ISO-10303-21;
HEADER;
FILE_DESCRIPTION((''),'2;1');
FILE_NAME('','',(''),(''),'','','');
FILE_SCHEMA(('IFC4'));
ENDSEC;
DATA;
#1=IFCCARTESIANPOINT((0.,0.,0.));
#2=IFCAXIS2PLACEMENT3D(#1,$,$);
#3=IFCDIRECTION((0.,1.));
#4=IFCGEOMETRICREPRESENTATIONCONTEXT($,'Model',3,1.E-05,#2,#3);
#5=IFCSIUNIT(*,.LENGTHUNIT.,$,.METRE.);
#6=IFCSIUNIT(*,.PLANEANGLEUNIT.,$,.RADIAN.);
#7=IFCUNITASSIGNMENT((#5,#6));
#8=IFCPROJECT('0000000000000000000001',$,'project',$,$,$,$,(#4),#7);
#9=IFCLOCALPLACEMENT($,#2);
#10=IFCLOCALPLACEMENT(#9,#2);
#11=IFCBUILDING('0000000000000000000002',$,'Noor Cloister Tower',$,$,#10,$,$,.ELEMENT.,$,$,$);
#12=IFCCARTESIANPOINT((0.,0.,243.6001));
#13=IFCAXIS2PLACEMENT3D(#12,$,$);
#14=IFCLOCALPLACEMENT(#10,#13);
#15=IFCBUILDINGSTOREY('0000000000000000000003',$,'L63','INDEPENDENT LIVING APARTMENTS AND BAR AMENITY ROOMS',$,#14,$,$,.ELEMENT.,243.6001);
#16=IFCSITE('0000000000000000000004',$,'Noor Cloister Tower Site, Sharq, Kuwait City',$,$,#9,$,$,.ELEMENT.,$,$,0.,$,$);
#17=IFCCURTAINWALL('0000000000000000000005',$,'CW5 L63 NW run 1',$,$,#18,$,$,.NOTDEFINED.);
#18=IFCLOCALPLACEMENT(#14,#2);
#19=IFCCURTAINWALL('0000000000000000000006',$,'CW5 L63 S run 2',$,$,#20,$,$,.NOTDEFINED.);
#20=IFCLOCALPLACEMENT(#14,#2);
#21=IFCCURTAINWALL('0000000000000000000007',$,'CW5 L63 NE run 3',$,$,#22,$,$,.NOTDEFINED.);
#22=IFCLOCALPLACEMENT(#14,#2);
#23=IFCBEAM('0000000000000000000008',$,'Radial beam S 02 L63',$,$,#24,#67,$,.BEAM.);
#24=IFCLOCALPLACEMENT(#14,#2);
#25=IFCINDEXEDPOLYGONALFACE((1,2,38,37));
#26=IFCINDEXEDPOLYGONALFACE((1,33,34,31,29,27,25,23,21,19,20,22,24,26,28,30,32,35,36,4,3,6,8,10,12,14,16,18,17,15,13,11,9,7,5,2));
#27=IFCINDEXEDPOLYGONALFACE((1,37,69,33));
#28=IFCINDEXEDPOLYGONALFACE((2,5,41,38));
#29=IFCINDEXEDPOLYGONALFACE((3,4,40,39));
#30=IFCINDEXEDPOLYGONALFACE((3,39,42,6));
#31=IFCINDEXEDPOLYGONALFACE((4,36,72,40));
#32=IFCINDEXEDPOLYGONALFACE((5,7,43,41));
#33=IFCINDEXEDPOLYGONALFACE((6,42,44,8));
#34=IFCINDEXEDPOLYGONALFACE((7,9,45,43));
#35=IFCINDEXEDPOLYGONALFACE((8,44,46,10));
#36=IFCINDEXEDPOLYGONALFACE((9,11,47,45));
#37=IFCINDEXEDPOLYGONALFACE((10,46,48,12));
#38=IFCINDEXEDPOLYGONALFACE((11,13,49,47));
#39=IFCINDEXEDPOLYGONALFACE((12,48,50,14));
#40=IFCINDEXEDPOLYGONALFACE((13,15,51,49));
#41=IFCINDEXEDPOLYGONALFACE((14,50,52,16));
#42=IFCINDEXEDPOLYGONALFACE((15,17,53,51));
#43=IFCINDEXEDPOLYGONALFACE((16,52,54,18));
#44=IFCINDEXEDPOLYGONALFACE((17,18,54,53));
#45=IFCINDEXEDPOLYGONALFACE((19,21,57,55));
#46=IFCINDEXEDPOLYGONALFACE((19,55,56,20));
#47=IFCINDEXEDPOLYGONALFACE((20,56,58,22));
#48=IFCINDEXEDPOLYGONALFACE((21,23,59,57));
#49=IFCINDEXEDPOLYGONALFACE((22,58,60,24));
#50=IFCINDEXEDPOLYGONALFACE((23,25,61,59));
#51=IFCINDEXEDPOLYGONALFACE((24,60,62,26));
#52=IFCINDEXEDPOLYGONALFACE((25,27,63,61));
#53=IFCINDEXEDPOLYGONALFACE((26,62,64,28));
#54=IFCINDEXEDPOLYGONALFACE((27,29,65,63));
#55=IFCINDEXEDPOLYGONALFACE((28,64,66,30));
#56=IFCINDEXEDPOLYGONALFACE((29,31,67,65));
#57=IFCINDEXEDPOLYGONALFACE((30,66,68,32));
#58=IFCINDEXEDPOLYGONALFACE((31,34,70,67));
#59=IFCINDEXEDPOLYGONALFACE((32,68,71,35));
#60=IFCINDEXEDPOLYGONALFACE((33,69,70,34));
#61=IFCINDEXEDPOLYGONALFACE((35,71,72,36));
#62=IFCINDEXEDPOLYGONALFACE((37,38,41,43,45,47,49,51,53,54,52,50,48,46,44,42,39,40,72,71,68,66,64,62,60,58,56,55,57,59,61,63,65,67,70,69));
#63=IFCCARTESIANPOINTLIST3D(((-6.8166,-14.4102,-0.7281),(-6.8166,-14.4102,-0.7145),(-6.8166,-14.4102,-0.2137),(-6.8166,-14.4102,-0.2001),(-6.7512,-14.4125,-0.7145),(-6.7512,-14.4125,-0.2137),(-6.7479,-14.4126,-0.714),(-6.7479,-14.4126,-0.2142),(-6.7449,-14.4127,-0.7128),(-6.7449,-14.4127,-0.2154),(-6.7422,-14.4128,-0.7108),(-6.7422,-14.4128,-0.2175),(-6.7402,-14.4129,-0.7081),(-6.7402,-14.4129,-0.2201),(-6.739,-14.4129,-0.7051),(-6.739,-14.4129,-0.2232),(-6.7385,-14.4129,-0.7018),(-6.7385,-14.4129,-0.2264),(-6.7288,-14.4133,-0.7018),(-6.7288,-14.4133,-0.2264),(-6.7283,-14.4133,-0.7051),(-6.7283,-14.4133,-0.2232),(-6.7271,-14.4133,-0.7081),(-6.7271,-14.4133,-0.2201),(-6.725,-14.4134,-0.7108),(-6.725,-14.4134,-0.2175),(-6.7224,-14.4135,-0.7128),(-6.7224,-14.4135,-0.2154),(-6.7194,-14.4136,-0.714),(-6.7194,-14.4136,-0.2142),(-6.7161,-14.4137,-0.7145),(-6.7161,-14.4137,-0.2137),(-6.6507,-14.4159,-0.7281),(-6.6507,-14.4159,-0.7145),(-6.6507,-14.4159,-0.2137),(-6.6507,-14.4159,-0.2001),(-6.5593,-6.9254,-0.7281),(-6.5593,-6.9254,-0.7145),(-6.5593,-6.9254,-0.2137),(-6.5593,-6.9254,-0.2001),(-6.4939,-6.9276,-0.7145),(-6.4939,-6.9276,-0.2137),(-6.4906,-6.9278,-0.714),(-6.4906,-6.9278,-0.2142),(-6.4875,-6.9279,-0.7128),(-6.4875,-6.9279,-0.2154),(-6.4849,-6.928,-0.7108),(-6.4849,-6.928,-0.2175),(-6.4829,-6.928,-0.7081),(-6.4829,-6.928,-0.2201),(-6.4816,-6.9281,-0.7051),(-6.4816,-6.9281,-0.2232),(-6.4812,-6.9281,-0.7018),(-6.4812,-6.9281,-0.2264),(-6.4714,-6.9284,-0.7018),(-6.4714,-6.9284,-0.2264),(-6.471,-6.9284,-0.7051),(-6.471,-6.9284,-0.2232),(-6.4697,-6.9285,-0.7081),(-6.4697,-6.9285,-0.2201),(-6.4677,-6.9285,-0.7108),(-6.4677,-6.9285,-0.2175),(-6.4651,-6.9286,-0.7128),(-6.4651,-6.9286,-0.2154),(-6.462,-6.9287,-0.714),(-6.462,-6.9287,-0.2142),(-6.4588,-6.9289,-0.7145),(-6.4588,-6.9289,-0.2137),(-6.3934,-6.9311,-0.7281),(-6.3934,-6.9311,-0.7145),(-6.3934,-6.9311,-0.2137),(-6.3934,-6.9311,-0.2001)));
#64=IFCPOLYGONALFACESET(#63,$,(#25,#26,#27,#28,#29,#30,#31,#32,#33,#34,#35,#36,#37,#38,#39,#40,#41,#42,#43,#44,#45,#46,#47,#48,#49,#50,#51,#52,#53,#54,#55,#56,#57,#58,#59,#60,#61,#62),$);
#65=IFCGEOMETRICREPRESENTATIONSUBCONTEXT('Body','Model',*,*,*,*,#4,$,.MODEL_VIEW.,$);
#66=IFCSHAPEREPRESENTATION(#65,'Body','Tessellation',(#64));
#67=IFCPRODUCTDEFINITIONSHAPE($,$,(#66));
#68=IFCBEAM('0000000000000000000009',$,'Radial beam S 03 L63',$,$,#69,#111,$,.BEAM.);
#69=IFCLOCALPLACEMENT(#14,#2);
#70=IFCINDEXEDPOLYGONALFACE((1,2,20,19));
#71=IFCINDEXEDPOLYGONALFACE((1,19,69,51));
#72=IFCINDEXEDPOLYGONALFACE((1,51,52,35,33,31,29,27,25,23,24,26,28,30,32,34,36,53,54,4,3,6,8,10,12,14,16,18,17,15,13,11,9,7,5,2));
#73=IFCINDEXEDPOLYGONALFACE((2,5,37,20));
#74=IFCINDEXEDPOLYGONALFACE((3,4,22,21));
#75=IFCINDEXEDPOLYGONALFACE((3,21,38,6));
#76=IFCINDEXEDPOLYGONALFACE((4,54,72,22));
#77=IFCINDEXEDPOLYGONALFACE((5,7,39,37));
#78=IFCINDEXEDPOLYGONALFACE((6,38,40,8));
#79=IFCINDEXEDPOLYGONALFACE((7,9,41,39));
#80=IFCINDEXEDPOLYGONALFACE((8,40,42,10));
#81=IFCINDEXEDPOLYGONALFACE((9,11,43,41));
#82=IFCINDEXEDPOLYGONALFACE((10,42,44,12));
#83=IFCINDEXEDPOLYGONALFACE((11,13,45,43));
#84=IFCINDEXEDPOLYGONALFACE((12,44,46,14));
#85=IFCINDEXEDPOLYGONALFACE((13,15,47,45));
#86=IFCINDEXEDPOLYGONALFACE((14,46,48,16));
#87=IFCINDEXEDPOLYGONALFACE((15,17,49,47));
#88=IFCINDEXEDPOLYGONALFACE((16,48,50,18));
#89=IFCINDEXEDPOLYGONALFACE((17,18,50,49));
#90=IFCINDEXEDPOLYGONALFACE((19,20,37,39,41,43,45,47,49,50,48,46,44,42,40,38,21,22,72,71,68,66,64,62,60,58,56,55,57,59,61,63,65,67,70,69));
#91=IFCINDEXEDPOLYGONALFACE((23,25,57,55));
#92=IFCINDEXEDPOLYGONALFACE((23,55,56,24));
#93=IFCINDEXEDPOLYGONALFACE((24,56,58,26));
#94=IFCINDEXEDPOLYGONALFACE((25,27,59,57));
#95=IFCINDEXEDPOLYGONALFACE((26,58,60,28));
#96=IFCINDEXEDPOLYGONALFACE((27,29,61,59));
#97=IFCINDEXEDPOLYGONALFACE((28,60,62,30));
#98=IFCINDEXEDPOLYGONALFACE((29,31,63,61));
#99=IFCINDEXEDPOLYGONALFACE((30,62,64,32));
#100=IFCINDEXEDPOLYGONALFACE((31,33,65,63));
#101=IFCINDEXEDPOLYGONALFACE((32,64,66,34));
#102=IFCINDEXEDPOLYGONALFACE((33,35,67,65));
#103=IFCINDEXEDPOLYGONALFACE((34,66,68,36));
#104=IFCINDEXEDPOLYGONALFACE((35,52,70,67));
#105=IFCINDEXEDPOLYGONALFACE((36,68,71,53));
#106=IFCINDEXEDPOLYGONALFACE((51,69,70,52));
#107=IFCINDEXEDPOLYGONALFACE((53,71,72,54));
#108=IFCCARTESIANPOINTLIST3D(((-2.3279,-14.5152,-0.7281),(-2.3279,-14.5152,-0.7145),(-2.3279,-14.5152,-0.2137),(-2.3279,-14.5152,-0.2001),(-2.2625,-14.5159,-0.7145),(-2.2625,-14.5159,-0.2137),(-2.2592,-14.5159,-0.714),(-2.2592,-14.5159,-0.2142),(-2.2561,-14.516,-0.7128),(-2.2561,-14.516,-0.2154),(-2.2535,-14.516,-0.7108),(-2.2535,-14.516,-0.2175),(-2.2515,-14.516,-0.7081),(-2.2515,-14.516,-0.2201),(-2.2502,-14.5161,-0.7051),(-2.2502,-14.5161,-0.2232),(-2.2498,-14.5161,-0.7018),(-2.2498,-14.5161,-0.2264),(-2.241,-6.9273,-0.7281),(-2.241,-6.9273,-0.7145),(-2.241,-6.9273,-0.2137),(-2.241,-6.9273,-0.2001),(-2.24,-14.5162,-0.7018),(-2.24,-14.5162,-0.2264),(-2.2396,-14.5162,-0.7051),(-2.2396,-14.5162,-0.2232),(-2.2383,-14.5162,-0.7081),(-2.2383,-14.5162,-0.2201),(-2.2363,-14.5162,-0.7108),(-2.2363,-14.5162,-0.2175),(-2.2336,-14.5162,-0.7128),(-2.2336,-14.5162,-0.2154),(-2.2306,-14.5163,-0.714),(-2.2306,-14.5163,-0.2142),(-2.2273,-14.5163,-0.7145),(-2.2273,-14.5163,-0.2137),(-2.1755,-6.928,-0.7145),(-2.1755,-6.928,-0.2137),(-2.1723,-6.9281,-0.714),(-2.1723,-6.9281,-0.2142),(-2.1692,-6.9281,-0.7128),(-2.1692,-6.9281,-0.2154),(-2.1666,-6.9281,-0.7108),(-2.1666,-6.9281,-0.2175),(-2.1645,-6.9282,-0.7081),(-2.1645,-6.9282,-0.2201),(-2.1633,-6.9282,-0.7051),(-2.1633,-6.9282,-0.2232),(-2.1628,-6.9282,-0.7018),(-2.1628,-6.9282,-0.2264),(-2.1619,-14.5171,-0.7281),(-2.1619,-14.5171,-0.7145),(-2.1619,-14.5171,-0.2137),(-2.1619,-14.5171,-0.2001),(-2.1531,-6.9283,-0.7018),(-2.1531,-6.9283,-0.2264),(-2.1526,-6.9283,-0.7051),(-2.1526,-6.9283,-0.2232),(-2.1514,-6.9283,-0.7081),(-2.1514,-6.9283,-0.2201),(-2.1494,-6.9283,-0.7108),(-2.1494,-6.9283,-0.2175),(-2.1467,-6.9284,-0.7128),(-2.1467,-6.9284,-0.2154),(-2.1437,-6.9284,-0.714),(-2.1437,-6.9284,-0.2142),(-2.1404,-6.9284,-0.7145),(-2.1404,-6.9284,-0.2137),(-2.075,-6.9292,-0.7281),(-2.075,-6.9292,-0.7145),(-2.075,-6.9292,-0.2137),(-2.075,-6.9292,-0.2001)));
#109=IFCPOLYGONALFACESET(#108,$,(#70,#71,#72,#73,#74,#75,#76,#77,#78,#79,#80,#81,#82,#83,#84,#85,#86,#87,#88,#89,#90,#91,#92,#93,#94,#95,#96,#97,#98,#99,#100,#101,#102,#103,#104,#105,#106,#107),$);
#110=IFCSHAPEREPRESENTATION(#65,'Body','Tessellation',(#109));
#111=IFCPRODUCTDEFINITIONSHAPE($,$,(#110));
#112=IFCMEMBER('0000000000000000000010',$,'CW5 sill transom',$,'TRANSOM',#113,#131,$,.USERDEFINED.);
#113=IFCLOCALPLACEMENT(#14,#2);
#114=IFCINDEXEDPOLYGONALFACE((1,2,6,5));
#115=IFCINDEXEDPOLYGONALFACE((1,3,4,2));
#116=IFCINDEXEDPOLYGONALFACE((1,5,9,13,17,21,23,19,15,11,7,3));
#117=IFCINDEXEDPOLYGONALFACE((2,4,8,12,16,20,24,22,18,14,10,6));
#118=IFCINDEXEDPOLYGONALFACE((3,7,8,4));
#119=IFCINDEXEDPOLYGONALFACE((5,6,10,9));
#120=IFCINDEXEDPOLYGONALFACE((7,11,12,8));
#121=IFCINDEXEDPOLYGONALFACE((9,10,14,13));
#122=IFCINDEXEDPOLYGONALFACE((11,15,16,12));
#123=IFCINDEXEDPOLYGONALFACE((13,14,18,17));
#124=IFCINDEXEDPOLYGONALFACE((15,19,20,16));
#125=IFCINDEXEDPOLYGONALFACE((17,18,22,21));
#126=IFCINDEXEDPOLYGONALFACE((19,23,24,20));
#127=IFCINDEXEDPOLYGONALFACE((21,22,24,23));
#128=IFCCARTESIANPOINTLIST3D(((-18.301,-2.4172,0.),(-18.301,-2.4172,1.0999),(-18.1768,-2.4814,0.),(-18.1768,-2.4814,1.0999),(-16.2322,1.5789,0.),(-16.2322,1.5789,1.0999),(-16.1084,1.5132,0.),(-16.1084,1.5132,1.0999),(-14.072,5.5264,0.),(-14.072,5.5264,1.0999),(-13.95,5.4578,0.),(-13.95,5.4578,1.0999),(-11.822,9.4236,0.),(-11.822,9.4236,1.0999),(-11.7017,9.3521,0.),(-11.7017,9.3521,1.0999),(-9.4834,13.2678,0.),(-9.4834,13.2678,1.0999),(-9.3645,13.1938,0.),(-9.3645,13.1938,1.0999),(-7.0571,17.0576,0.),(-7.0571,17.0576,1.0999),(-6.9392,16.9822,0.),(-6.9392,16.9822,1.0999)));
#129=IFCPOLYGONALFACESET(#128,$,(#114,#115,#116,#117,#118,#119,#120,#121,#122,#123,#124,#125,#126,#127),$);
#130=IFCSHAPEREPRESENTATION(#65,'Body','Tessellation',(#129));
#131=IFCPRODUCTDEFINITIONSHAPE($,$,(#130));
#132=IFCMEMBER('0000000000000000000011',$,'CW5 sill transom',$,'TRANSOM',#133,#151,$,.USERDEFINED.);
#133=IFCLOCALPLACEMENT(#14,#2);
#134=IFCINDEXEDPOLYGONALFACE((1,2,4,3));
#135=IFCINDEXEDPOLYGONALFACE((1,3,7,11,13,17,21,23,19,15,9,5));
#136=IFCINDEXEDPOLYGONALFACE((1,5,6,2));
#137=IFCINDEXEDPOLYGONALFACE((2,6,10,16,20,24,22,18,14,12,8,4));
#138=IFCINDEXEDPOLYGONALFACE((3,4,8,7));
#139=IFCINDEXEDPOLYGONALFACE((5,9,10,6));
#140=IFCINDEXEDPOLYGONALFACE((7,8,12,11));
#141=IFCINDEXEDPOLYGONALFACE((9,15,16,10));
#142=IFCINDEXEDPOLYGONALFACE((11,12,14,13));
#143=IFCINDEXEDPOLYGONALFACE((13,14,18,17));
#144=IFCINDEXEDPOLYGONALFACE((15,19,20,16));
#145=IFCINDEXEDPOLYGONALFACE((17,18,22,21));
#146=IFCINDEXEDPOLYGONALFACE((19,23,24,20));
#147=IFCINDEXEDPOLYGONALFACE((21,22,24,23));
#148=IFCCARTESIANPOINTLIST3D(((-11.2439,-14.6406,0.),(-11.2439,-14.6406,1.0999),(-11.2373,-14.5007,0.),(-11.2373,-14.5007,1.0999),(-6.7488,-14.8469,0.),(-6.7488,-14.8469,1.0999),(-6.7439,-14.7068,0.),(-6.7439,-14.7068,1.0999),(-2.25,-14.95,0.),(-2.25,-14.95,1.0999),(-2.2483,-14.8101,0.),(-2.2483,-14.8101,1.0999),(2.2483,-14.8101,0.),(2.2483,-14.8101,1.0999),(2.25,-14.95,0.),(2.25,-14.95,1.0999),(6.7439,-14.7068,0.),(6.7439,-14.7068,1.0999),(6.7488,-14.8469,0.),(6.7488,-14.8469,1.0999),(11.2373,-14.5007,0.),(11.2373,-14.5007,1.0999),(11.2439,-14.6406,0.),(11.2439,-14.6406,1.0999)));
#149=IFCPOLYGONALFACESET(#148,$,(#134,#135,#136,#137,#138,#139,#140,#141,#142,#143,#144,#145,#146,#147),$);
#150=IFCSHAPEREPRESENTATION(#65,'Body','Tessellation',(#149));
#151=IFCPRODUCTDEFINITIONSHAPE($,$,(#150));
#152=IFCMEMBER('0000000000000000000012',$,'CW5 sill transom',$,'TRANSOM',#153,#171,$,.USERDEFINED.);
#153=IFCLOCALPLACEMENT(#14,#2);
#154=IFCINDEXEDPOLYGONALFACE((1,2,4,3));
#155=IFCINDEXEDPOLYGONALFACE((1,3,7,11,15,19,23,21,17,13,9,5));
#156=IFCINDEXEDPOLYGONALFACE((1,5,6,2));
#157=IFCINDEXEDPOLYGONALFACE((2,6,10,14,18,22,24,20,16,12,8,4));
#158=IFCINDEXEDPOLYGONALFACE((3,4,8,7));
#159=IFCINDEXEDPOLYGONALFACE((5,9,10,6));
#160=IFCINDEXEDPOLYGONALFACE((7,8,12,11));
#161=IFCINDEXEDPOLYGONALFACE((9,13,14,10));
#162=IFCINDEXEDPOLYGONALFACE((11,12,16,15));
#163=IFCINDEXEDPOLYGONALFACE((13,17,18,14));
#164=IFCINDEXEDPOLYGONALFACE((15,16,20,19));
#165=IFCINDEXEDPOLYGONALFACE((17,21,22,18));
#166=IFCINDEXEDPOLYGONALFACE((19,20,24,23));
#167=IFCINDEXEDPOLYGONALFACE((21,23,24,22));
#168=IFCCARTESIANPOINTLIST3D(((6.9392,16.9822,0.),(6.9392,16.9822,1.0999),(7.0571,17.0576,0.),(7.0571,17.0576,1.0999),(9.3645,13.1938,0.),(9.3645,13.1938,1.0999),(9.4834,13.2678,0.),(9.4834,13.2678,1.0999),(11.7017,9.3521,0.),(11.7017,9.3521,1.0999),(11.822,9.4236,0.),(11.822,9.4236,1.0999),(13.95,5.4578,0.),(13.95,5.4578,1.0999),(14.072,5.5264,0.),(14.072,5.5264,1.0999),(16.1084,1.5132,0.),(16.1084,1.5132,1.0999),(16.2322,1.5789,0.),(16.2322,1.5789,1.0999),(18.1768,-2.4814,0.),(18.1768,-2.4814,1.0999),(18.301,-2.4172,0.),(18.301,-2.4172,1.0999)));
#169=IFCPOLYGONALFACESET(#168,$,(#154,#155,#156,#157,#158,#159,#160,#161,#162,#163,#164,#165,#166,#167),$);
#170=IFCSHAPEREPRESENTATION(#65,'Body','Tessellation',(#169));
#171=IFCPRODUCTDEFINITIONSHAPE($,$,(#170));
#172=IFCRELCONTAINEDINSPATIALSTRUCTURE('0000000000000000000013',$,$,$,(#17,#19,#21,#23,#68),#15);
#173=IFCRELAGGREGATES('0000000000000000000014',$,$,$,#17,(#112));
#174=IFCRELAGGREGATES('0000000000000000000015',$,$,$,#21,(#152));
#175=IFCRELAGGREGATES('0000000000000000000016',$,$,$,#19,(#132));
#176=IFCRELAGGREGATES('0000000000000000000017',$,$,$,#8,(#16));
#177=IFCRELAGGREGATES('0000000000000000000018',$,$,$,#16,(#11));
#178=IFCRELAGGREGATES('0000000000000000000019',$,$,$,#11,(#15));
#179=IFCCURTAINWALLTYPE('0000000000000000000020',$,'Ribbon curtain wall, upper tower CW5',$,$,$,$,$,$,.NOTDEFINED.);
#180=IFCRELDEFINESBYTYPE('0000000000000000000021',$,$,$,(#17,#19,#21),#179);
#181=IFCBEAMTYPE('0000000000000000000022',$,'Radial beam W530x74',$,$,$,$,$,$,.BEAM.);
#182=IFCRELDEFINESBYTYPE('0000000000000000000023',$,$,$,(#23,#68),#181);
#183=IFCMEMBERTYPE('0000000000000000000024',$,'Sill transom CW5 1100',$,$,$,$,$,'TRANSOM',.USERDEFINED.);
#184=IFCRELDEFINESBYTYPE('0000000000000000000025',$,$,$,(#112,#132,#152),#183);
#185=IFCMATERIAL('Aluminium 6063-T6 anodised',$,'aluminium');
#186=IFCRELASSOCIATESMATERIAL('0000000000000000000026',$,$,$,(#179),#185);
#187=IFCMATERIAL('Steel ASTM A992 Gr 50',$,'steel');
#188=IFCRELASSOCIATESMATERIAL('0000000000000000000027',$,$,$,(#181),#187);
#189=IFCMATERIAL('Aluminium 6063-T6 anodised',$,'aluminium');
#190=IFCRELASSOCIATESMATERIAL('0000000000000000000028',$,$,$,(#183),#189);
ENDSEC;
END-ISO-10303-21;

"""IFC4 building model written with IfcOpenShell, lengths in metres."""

from ifc_helpers import new_model, si_unit, direction, frame, origin, origin_2d, place, context, subcontext, project, spatial, polyline, i_section, outline, extrude, material, material_profile, profile_set, type_object, element, aggregate, save


model = new_model("IFC4")

# Units and contexts
model_context = context("Model", 3, precision=1e-05, world=origin(), true_north=direction((0.0, 1.0)))
body_context = subcontext(model_context, "Body", "Model", "MODEL_VIEW")
ifc_project = project(units=[si_unit("LENGTHUNIT", "METRE"), si_unit("PLANEANGLEUNIT", "RADIAN")], contexts=[model_context])

# Site, building, storey
site_placement = place(None, origin())
site = spatial("IfcSite", under=ifc_project, at=site_placement, Name="Noor Cloister Tower Site, Sharq, Kuwait City", CompositionType="ELEMENT", RefElevation=0.0)
building_placement = place(site_placement, origin())
building = spatial("IfcBuilding", under=site, at=building_placement, Name="Noor Cloister Tower", CompositionType="ELEMENT")
storey_placement = place(building_placement, frame((0.0, 0.0, 243.6001)))
storey = spatial("IfcBuildingStorey", under=building, at=storey_placement, Name="L63", Description="INDEPENDENT LIVING APARTMENTS AND BAR AMENITY ROOMS", CompositionType="ELEMENT", Elevation=243.6001)

# Curtain walls
ifc_material_1 = material(Name="Aluminium 6063-T6 anodised", Category="aluminium")
curtain_wall_type = type_object("IfcCurtainWallType", Name="Ribbon curtain wall, upper tower CW5", PredefinedType="NOTDEFINED", material=ifc_material_1)
curtain_wall_1_placement = place(storey_placement, origin())
curtain_wall_1 = element("IfcCurtainWall", 1, at=curtain_wall_1_placement, inside=storey, type_object=curtain_wall_type, Name="CW5 L63 NW run 1", PredefinedType="NOTDEFINED")
curtain_wall_2_placement = place(storey_placement, origin())
curtain_wall_2 = element("IfcCurtainWall", 2, at=curtain_wall_2_placement, inside=storey, type_object=curtain_wall_type, Name="CW5 L63 S run 2", PredefinedType="NOTDEFINED")
curtain_wall_3_placement = place(storey_placement, origin())
curtain_wall_3 = element("IfcCurtainWall", 3, at=curtain_wall_3_placement, inside=storey, type_object=curtain_wall_type, Name="CW5 L63 NE run 3", PredefinedType="NOTDEFINED")

# Beams
ifc_material_2 = material(Name="Steel ASTM A992 Gr 50", Category="steel")
ifc_material_profile_1 = material_profile(ifc_material_2, i_section(OverallWidth=0.166, OverallDepth=0.5281, WebThickness=0.0098, FlangeThickness=0.0137, FilletRadius=0.0127, at=origin_2d()), Name="W530x74")
ifc_profile_set_1 = profile_set([ifc_material_profile_1], Name="Steel ASTM A992 Gr 50")
beam_type_1 = type_object("IfcBeamType", Name="Radial beam W530x74", PredefinedType="BEAM", material=ifc_profile_set_1)
beam_1_placement = place(storey_placement, frame((-6.7336, -14.4131, -0.4641), z_axis=(0.034359, 0.99941, 0.0), x_axis=(-0.99941, 0.034359, 0.0)))
element("IfcBeam", 4, at=beam_1_placement, inside=storey, type_object=beam_type_1, Name="Radial beam S 02 L63", PredefinedType="BEAM", context=body_context, shape_type="SweptSolid", body=[
    extrude(i_section(OverallWidth=0.166, OverallDepth=0.5281, WebThickness=0.0098, FlangeThickness=0.0137, FilletRadius=0.0127, at=origin_2d()), origin(), (0.0, 0.0, 1.0), 7.4893),
])
beam_2_placement = place(storey_placement, frame((-2.2449, -14.5161, -0.4641), z_axis=(0.011454, 0.999934, 0.0), x_axis=(-0.999934, 0.011454, 0.0)))
element("IfcBeam", 5, at=beam_2_placement, inside=storey, type_object=beam_type_1, Name="Radial beam S 03 L63", PredefinedType="BEAM", context=body_context, shape_type="SweptSolid", body=[
    extrude(i_section(OverallWidth=0.166, OverallDepth=0.5281, WebThickness=0.0098, FlangeThickness=0.0137, FilletRadius=0.0127, at=origin_2d()), origin(), (0.0, 0.0, 1.0), 7.5884),
])

# Members
ifc_material_3 = material(Name="Aluminium 6063-T6 anodised", Category="aluminium")
member_type_1 = type_object("IfcMemberType", Name="Sill transom CW5 1100", ElementType="TRANSOM", PredefinedType="USERDEFINED", material=ifc_material_3)
member_1_placement = place(storey_placement, origin())
member_1 = element("IfcMember", 6, at=member_1_placement, type_object=member_type_1, Name="CW5 sill transom", ObjectType="TRANSOM", PredefinedType="USERDEFINED", context=body_context, shape_type="SweptSolid", body=[
    extrude(outline(polyline([(-7.0571, 17.0576), (-9.4834, 13.2678), (-11.822, 9.4236), (-14.072, 5.5264), (-16.2322, 1.5789), (-18.301, -2.4172), (-18.1768, -2.4814), (-16.1084, 1.5132), (-13.95, 5.4578), (-11.7017, 9.3521), (-9.3645, 13.1938), (-6.9392, 16.9822), (-7.0571, 17.0576)])), origin(), (0.0, 0.0, 1.0), 1.0999),
])
aggregate(curtain_wall_1, [member_1])
member_2_placement = place(storey_placement, origin())
member_2 = element("IfcMember", 7, at=member_2_placement, type_object=member_type_1, Name="CW5 sill transom", ObjectType="TRANSOM", PredefinedType="USERDEFINED", context=body_context, shape_type="SweptSolid", body=[
    extrude(outline(polyline([(-11.2439, -14.6406), (-6.7488, -14.8469), (-2.25, -14.95), (2.25, -14.95), (6.7488, -14.8469), (11.2439, -14.6406), (11.2373, -14.5007), (6.7439, -14.7068), (2.2483, -14.8101), (-2.2483, -14.8101), (-6.7439, -14.7068), (-11.2373, -14.5007), (-11.2439, -14.6406)])), origin(), (0.0, 0.0, 1.0), 1.0999),
])
member_3_placement = place(storey_placement, origin())
member_3 = element("IfcMember", 8, at=member_3_placement, type_object=member_type_1, Name="CW5 sill transom", ObjectType="TRANSOM", PredefinedType="USERDEFINED", context=body_context, shape_type="SweptSolid", body=[
    extrude(outline(polyline([(18.301, -2.4172), (16.2322, 1.5789), (14.072, 5.5264), (11.822, 9.4236), (9.4834, 13.2678), (7.0571, 17.0576), (6.9392, 16.9822), (9.3645, 13.1938), (11.7017, 9.3521), (13.95, 5.4578), (16.1084, 1.5132), (18.1768, -2.4814), (18.301, -2.4172)])), origin(), (0.0, 0.0, 1.0), 1.0999),
])
aggregate(curtain_wall_3, [member_3])

aggregate(curtain_wall_2, [member_2])

save(model, "model.ifc")
